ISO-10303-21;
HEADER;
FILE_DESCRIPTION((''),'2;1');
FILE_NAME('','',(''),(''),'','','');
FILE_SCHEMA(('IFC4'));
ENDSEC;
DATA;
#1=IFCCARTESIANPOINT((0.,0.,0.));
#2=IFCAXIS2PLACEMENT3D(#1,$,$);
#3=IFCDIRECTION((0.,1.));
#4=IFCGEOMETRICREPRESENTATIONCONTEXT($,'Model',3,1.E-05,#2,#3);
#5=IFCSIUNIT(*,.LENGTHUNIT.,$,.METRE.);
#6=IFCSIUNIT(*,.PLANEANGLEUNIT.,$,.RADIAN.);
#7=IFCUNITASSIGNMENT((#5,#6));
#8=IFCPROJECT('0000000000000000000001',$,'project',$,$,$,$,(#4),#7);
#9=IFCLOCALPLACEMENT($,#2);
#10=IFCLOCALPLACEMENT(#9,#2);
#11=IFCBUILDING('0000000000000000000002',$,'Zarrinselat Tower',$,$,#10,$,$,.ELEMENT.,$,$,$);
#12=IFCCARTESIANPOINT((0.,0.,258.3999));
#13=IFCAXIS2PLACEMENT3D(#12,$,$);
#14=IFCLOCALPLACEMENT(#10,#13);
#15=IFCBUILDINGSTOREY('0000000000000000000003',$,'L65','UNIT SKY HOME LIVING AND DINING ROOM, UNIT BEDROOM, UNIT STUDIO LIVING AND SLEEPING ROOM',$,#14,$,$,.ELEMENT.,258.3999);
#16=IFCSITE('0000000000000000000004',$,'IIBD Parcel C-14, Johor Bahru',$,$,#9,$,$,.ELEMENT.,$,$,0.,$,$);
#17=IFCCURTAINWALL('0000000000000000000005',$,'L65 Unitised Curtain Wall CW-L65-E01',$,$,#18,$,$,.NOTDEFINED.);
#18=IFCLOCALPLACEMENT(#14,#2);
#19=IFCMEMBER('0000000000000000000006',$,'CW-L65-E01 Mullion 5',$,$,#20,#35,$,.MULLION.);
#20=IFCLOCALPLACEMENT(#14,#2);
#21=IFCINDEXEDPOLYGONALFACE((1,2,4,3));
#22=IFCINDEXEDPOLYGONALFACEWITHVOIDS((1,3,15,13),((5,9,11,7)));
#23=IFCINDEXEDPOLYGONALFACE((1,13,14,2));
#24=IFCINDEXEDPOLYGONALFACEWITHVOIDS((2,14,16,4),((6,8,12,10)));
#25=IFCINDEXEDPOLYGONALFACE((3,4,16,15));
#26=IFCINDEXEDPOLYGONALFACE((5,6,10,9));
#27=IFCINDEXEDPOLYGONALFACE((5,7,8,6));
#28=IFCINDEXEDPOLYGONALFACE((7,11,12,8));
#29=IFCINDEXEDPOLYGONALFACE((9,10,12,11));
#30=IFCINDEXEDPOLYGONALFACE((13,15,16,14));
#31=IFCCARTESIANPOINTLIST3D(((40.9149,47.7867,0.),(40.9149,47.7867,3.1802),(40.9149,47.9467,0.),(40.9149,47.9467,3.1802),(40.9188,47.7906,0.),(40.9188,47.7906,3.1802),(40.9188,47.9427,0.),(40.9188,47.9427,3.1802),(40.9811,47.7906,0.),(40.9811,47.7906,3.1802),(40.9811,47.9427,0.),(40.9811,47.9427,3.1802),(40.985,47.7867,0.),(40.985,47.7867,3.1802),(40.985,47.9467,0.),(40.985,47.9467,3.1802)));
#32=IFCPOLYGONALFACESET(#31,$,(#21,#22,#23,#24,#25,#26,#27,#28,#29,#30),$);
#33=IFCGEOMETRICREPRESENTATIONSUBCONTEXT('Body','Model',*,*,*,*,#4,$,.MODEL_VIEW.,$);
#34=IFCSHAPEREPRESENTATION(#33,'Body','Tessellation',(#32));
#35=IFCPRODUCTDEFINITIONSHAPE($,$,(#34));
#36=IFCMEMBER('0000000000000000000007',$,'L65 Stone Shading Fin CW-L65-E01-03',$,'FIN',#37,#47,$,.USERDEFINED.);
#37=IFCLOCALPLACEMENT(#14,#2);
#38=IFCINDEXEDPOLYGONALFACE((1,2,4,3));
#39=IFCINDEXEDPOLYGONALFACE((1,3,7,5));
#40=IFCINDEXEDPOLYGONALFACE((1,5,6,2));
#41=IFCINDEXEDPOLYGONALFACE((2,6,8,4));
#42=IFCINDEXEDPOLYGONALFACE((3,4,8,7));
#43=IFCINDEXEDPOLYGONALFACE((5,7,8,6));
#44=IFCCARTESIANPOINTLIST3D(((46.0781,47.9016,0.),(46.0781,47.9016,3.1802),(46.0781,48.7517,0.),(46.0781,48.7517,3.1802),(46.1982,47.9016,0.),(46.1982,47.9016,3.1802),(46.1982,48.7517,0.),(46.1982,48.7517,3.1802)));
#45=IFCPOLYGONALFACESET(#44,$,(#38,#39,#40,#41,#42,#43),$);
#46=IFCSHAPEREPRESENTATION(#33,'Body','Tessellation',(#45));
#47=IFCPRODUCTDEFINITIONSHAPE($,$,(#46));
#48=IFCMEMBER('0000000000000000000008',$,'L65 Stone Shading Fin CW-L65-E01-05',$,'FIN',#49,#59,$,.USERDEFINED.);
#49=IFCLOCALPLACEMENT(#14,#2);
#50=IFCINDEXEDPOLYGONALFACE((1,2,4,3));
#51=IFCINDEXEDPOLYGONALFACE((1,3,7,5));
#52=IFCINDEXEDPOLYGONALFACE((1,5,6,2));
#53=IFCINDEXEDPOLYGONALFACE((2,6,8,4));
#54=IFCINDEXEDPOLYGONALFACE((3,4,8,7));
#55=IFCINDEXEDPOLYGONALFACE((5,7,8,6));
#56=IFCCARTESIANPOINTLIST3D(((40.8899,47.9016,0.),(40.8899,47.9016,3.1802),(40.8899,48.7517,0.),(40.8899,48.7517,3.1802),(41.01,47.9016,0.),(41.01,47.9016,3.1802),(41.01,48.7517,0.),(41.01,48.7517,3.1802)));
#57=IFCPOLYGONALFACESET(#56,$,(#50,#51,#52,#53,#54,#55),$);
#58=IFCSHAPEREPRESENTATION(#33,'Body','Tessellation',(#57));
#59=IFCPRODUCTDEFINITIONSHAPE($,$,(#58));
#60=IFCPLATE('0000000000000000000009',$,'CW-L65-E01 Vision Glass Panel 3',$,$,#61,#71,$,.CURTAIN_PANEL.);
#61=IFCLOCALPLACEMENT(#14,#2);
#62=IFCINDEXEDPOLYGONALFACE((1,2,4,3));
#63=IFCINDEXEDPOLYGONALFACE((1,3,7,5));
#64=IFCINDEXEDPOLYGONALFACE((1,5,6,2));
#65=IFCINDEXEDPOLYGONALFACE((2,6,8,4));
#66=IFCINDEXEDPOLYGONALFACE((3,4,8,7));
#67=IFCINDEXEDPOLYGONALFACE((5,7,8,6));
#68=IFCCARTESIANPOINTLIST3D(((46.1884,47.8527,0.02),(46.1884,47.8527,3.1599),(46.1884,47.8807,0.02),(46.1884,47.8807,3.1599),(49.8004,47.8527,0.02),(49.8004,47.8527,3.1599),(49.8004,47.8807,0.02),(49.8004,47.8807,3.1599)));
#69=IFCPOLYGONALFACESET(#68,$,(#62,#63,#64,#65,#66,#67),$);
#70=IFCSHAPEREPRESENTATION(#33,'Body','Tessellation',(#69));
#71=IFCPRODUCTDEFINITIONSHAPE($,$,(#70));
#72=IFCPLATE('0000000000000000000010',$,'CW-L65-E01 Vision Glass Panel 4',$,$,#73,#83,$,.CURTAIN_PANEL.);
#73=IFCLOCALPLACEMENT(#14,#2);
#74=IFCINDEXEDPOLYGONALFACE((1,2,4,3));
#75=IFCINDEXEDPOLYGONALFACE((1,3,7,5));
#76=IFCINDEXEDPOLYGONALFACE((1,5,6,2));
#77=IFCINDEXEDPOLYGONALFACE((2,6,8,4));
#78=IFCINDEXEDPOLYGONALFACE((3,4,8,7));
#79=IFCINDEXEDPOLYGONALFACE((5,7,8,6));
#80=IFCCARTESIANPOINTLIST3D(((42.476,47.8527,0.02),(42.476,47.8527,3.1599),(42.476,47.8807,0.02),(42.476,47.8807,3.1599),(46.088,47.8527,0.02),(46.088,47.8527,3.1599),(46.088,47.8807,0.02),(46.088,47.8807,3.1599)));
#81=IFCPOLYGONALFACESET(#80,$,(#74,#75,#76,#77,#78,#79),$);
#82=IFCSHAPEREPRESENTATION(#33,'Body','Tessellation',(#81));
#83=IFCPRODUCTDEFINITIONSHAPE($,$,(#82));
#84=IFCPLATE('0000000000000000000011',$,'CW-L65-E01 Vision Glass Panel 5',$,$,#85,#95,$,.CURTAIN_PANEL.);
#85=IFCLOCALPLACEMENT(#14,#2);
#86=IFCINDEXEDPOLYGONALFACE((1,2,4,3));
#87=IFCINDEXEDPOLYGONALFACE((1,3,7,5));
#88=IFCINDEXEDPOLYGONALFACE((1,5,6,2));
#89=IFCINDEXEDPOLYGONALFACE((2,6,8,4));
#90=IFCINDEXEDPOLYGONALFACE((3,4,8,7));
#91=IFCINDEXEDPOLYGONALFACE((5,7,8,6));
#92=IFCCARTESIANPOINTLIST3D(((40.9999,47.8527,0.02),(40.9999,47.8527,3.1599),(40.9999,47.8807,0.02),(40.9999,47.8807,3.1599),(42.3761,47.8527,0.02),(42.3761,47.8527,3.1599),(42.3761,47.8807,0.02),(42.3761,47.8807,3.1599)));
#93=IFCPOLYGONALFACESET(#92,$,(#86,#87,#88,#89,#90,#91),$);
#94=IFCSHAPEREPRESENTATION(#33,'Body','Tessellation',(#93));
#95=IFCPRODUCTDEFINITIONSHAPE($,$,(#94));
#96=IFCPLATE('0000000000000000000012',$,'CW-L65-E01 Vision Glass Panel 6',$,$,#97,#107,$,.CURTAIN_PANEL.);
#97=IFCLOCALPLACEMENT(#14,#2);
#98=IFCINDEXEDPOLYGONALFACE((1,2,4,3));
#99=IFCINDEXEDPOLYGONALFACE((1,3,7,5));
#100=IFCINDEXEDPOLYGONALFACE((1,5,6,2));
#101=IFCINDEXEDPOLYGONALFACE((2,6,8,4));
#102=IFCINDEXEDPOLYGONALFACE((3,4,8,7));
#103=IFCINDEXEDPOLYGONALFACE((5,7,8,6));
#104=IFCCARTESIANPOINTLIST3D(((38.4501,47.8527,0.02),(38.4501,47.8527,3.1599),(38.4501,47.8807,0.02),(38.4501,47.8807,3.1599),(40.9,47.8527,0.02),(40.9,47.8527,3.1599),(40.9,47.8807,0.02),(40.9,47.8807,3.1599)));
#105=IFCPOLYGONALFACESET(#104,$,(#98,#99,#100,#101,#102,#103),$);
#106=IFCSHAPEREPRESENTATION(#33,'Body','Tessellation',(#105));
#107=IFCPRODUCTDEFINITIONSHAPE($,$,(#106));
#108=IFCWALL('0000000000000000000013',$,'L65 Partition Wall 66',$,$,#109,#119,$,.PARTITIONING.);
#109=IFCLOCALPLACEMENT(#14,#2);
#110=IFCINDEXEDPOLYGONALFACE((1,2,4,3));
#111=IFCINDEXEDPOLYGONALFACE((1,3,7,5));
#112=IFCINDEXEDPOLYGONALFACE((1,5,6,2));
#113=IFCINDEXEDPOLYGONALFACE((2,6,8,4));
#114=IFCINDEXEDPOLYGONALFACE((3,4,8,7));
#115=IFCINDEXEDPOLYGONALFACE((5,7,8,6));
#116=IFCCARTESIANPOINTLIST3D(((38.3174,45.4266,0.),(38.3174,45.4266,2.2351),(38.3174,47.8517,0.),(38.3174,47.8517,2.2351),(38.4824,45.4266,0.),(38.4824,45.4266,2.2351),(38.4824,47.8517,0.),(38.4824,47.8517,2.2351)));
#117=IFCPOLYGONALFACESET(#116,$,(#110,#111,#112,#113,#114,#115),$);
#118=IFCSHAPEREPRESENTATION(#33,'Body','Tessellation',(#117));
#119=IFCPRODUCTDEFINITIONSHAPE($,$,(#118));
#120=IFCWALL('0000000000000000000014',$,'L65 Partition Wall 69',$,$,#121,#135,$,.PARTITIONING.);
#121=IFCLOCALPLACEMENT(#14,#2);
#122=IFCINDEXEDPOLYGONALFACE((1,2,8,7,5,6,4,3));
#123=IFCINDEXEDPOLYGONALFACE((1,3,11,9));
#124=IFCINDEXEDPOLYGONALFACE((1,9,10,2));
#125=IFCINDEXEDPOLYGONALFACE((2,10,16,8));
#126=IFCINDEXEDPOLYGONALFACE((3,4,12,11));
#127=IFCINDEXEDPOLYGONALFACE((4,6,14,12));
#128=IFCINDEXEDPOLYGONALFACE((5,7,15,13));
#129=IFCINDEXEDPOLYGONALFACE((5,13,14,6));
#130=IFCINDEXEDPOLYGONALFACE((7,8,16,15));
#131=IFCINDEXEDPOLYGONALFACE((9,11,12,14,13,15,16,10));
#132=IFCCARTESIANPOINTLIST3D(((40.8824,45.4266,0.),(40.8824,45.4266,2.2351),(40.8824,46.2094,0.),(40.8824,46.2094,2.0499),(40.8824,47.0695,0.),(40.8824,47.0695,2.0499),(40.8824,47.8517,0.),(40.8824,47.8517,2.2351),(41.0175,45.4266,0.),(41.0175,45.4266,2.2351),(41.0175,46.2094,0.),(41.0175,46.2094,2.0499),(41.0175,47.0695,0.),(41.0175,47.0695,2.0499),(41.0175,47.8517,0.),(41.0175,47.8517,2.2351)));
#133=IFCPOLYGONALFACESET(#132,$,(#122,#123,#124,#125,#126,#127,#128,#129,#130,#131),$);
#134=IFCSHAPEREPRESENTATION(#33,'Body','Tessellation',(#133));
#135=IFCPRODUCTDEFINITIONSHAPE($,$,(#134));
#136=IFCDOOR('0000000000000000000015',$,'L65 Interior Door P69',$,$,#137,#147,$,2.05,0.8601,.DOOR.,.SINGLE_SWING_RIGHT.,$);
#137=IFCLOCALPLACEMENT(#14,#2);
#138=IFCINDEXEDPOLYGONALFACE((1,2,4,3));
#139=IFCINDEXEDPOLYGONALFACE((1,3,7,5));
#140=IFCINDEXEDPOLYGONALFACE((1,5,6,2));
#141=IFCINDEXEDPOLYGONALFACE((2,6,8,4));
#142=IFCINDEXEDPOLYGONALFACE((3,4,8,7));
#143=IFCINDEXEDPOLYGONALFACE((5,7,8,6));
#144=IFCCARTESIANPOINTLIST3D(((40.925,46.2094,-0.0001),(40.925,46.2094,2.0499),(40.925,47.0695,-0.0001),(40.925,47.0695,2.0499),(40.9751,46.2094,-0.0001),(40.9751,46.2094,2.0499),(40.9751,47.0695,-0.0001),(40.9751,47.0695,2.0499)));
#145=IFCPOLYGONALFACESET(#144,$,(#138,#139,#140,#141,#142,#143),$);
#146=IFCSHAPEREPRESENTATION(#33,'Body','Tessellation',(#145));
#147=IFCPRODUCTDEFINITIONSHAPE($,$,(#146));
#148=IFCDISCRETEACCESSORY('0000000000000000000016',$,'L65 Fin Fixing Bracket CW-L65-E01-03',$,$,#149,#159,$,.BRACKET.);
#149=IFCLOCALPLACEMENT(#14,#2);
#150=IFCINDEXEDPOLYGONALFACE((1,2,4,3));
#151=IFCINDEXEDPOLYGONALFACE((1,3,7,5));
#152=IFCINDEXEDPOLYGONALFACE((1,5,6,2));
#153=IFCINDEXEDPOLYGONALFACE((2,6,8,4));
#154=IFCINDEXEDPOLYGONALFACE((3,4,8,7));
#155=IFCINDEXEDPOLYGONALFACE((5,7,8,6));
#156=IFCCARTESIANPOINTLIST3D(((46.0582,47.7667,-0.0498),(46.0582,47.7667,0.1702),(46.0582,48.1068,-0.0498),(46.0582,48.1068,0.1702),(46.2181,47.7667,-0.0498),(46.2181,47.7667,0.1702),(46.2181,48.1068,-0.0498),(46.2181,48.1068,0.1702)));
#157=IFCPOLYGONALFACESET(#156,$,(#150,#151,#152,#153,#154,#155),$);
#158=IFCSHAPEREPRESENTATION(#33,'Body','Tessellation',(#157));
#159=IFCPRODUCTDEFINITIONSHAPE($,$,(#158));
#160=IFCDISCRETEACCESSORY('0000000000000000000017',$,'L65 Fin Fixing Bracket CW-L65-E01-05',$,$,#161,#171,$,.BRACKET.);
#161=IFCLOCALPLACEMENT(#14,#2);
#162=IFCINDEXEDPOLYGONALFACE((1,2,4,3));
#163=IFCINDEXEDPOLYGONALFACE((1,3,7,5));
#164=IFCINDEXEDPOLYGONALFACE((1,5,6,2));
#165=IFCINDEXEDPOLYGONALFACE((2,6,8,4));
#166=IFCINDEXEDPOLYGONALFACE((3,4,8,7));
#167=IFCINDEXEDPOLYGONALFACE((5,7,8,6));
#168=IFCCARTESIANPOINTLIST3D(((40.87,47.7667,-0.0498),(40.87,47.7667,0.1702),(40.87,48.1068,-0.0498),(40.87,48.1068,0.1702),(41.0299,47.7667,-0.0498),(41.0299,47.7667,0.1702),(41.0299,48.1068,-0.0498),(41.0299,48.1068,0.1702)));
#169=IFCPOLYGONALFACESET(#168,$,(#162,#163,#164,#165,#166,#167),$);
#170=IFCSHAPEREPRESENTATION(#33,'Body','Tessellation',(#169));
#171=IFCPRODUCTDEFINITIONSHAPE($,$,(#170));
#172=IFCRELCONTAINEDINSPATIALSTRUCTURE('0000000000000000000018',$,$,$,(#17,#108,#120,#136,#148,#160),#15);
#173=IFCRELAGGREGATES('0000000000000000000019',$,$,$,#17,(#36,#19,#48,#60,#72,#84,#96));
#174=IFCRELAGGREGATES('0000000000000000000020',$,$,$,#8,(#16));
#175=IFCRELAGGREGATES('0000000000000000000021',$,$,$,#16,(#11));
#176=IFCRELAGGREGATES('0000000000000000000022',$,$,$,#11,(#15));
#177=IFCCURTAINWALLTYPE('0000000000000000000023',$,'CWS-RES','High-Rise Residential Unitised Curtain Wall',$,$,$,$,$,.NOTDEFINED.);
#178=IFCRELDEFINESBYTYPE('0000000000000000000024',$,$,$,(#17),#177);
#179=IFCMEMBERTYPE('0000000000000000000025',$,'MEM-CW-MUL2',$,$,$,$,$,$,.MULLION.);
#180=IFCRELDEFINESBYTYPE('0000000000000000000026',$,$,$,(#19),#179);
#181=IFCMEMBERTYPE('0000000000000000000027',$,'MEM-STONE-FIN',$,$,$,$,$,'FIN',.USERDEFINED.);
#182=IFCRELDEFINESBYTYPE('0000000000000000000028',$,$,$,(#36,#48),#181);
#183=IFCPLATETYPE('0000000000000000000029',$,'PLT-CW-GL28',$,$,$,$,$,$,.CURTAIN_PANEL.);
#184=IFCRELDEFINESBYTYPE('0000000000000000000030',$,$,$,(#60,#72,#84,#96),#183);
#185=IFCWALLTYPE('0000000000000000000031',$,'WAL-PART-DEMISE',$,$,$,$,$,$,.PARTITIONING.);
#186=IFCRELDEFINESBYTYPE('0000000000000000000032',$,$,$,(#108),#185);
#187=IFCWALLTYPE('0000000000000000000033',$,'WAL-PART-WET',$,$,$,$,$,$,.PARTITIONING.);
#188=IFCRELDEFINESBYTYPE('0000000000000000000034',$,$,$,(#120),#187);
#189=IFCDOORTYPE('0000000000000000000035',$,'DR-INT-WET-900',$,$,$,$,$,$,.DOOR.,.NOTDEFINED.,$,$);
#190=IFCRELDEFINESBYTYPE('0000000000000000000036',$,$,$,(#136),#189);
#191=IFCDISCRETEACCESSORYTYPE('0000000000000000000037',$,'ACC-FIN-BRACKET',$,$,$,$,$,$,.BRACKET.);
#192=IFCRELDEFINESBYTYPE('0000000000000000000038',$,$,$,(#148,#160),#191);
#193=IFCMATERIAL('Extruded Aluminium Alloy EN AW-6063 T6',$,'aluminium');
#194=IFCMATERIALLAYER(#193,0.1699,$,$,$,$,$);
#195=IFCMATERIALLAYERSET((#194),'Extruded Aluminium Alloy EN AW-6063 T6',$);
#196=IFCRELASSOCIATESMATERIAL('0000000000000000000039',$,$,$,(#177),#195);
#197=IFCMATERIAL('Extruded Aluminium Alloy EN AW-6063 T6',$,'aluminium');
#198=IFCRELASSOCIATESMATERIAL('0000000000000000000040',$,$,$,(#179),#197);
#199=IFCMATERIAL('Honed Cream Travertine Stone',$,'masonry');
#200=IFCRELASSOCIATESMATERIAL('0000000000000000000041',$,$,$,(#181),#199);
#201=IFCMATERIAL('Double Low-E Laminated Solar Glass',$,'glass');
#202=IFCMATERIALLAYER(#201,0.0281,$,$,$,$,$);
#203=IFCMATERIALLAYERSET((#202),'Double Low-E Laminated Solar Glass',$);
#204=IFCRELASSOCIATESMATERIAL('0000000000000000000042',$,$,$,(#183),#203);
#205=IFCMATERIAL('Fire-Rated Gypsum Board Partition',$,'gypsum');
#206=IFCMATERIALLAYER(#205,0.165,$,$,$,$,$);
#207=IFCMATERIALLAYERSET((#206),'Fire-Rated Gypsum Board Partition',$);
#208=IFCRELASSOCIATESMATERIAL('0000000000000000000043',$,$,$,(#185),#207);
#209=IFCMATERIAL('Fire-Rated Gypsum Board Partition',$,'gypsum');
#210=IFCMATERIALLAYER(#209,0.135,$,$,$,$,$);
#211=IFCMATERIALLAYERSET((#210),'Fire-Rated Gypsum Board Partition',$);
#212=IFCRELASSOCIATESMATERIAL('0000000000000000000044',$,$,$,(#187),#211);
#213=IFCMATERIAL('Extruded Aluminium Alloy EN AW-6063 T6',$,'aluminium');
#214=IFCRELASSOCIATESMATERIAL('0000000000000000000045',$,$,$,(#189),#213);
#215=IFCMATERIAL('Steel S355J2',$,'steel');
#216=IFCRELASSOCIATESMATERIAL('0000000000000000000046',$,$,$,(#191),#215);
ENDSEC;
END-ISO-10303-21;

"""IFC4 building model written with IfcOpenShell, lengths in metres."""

from ifc_helpers import new_model, si_unit, direction, frame, frame_2d, origin, origin_2d, place, context, subcontext, project, spatial, rectangle, hollow_rectangle, extrude, material, layer, layer_set, material_profile, profile_set, type_object, element, fill, aggregate, save


model = new_model("IFC4")

# Units and contexts
model_context = context("Model", 3, precision=1e-05, world=origin(), true_north=direction((0.0, 1.0)))
body_context = subcontext(model_context, "Body", "Model", "MODEL_VIEW")
ifc_project = project(units=[si_unit("LENGTHUNIT", "METRE"), si_unit("PLANEANGLEUNIT", "RADIAN")], contexts=[model_context])

# Site, building, storey
site_placement = place(None, origin())
site = spatial("IfcSite", under=ifc_project, at=site_placement, Name="IIBD Parcel C-14, Johor Bahru", CompositionType="ELEMENT", RefElevation=0.0)
building_placement = place(site_placement, origin())
building = spatial("IfcBuilding", under=site, at=building_placement, Name="Zarrinselat Tower", CompositionType="ELEMENT")
storey_placement = place(building_placement, frame((0.0, 0.0, 258.3999)))
storey = spatial("IfcBuildingStorey", under=building, at=storey_placement, Name="L65", Description="UNIT SKY HOME LIVING AND DINING ROOM, UNIT BEDROOM, UNIT STUDIO LIVING AND SLEEPING ROOM", CompositionType="ELEMENT", Elevation=258.3999)

# Curtain wall, members, plates
ifc_material_1 = material(Name="Extruded Aluminium Alloy EN AW-6063 T6", Category="aluminium")
ifc_layer_1 = layer(ifc_material_1, 0.1699)
ifc_layer_set_1 = layer_set([ifc_layer_1], Name="Extruded Aluminium Alloy EN AW-6063 T6")
curtain_wall_type = type_object("IfcCurtainWallType", Name="CWS-RES", Description="High-Rise Residential Unitised Curtain Wall", PredefinedType="NOTDEFINED", material=ifc_layer_set_1)
curtain_wall_placement = place(storey_placement, origin())
curtain_wall = element("IfcCurtainWall", 1, at=curtain_wall_placement, inside=storey, type_object=curtain_wall_type, Name="L65 Unitised Curtain Wall CW-L65-E01", PredefinedType="NOTDEFINED")
ifc_material_2 = material(Name="Extruded Aluminium Alloy EN AW-6063 T6", Category="aluminium")
ifc_material_profile_1 = material_profile(ifc_material_2, hollow_rectangle(XDim=0.0701, YDim=0.1599, WallThickness=0.0039, at=origin_2d()), Name="RHS 160x70x4")
ifc_profile_set_1 = profile_set([ifc_material_profile_1], Name="Extruded Aluminium Alloy EN AW-6063 T6")
member_type_1 = type_object("IfcMemberType", Name="MEM-CW-MUL2", PredefinedType="MULLION", material=ifc_profile_set_1)
member_1_placement = place(storey_placement, frame((40.95, 47.8667, 0.0), z_axis=(0.0, 0.0, 1.0), x_axis=(-1.0, 0.0, 0.0)))
member_1 = element("IfcMember", 2, at=member_1_placement, type_object=member_type_1, Name="CW-L65-E01 Mullion 5", PredefinedType="MULLION", context=body_context, shape_type="SweptSolid", body=[
    extrude(hollow_rectangle(XDim=0.0701, YDim=0.1599, WallThickness=0.0039, at=origin_2d()), origin(), (0.0, 0.0, 1.0), 3.1802),
])
ifc_material_3 = material(Name="Honed Cream Travertine Stone", Category="masonry")
ifc_material_profile_2 = material_profile(ifc_material_3, rectangle(XDim=0.1201, YDim=0.8501, at=origin_2d()), Name="FIN 850x120")
ifc_profile_set_2 = profile_set([ifc_material_profile_2], Name="Honed Cream Travertine Stone")
member_type_2 = type_object("IfcMemberType", Name="MEM-STONE-FIN", ElementType="FIN", PredefinedType="USERDEFINED", material=ifc_profile_set_2)
member_2_placement = place(storey_placement, frame((46.1382, 48.3267, 0.0), z_axis=(0.0, 0.0, 1.0), x_axis=(1.0, 0.0, 0.0)))
member_2 = element("IfcMember", 3, at=member_2_placement, type_object=member_type_2, Name="L65 Stone Shading Fin CW-L65-E01-03", ObjectType="FIN", PredefinedType="USERDEFINED", context=body_context, shape_type="SweptSolid", body=[
    extrude(rectangle(XDim=0.1201, YDim=0.8501, at=origin_2d()), origin(), (0.0, 0.0, 1.0), 3.1802),
])
member_3_placement = place(storey_placement, frame((40.95, 48.3267, 0.0), z_axis=(0.0, 0.0, 1.0), x_axis=(1.0, 0.0, 0.0)))
member_3 = element("IfcMember", 4, at=member_3_placement, type_object=member_type_2, Name="L65 Stone Shading Fin CW-L65-E01-05", ObjectType="FIN", PredefinedType="USERDEFINED", context=body_context, shape_type="SweptSolid", body=[
    extrude(rectangle(XDim=0.1201, YDim=0.8501, at=origin_2d()), origin(), (0.0, 0.0, 1.0), 3.1802),
])
ifc_material_4 = material(Name="Double Low-E Laminated Solar Glass", Category="glass")
ifc_layer_2 = layer(ifc_material_4, 0.0281)
ifc_layer_set_2 = layer_set([ifc_layer_2], Name="Double Low-E Laminated Solar Glass")
plate_type = type_object("IfcPlateType", Name="PLT-CW-GL28", PredefinedType="CURTAIN_PANEL", material=ifc_layer_set_2)
plate_1_placement = place(storey_placement, frame((47.9944, 47.8667, 0.02), z_axis=(0.0, 0.0, 1.0), x_axis=(-1.0, 0.0, 0.0)))
plate_1 = element("IfcPlate", 5, at=plate_1_placement, type_object=plate_type, Name="CW-L65-E01 Vision Glass Panel 3", PredefinedType="CURTAIN_PANEL", context=body_context, shape_type="SweptSolid", body=[
    extrude(rectangle(XDim=3.6121, YDim=0.0281, at=origin_2d()), origin(), (0.0, 0.0, 1.0), 3.1399),
])
plate_2_placement = place(storey_placement, frame((44.282, 47.8667, 0.02), z_axis=(0.0, 0.0, 1.0), x_axis=(-1.0, 0.0, 0.0)))
plate_2 = element("IfcPlate", 6, at=plate_2_placement, type_object=plate_type, Name="CW-L65-E01 Vision Glass Panel 4", PredefinedType="CURTAIN_PANEL", context=body_context, shape_type="SweptSolid", body=[
    extrude(rectangle(XDim=3.6121, YDim=0.0281, at=origin_2d()), origin(), (0.0, 0.0, 1.0), 3.1399),
])
plate_3_placement = place(storey_placement, frame((41.688, 47.8667, 0.02), z_axis=(0.0, 0.0, 1.0), x_axis=(-1.0, 0.0, 0.0)))
plate_3 = element("IfcPlate", 7, at=plate_3_placement, type_object=plate_type, Name="CW-L65-E01 Vision Glass Panel 5", PredefinedType="CURTAIN_PANEL", context=body_context, shape_type="SweptSolid", body=[
    extrude(rectangle(XDim=1.3762, YDim=0.0281, at=origin_2d()), origin(), (0.0, 0.0, 1.0), 3.1399),
])
plate_4_placement = place(storey_placement, frame((39.675, 47.8667, 0.02), z_axis=(0.0, 0.0, 1.0), x_axis=(-1.0, 0.0, 0.0)))
plate_4 = element("IfcPlate", 8, at=plate_4_placement, type_object=plate_type, Name="CW-L65-E01 Vision Glass Panel 6", PredefinedType="CURTAIN_PANEL", context=body_context, shape_type="SweptSolid", body=[
    extrude(rectangle(XDim=2.45, YDim=0.0281, at=origin_2d()), origin(), (0.0, 0.0, 1.0), 3.1399),
])
aggregate(curtain_wall, [member_2, member_1, member_3, plate_1, plate_2, plate_3, plate_4])

# Wall
ifc_material_5 = material(Name="Fire-Rated Gypsum Board Partition", Category="gypsum")
ifc_layer_3 = layer(ifc_material_5, 0.165)
ifc_layer_set_3 = layer_set([ifc_layer_3], Name="Fire-Rated Gypsum Board Partition")
wall_type_1 = type_object("IfcWallType", Name="WAL-PART-DEMISE", PredefinedType="PARTITIONING", material=ifc_layer_set_3)
wall_1_placement = place(storey_placement, frame((38.3999, 45.4268, 0.0), z_axis=(0.0, 0.0, 1.0), x_axis=(0.0, 1.0, 0.0)))
element("IfcWall", 9, at=wall_1_placement, inside=storey, type_object=wall_type_1, Name="L65 Partition Wall 66", PredefinedType="PARTITIONING", context=body_context, shape_type="SweptSolid", body=[
    extrude(rectangle(XDim=2.425, YDim=0.165, at=frame_2d((1.2124, 0.0))), origin(), (0.0, 0.0, 1.0), 2.2351),
])

# Wall, opening, door
ifc_material_6 = material(Name="Fire-Rated Gypsum Board Partition", Category="gypsum")
ifc_layer_4 = layer(ifc_material_6, 0.135)
ifc_layer_set_4 = layer_set([ifc_layer_4], Name="Fire-Rated Gypsum Board Partition")
wall_type_2 = type_object("IfcWallType", Name="WAL-PART-WET", PredefinedType="PARTITIONING", material=ifc_layer_set_4)
wall_2_placement = place(storey_placement, frame((40.95, 45.4268, 0.0), z_axis=(0.0, 0.0, 1.0), x_axis=(0.0, 1.0, 0.0)))
wall_2 = element("IfcWall", 10, at=wall_2_placement, inside=storey, type_object=wall_type_2, Name="L65 Partition Wall 69", PredefinedType="PARTITIONING", context=body_context, shape_type="SweptSolid", body=[
    extrude(rectangle(XDim=2.425, YDim=0.135, at=frame_2d((1.2124, 0.0))), origin(), (0.0, 0.0, 1.0), 2.2351),
])
opening_placement = place(wall_2_placement, frame((0.7825, 0.0, 0.0)))
opening = element("IfcOpeningElement", 11, at=opening_placement, cuts=wall_2, PredefinedType="OPENING", context=body_context, shape_type="SweptSolid", body=[
    extrude(rectangle(XDim=0.8601, YDim=2.05, at=frame_2d((0.4302, 1.0249))), frame((0.0, 0.0774, 0.0), z_axis=(0.0, -1.0, 0.0), x_axis=(1.0, 0.0, 0.0)), (0.0, 0.0, 1.0), 0.155),
])
ifc_material_7 = material(Name="Extruded Aluminium Alloy EN AW-6063 T6", Category="aluminium")
door_type = type_object("IfcDoorType", Name="DR-INT-WET-900", OperationType="NOTDEFINED", PredefinedType="DOOR", material=ifc_material_7)
door_placement = place(opening_placement, origin())
door = element("IfcDoor", 12, at=door_placement, inside=storey, type_object=door_type, Name="L65 Interior Door P69", OperationType="SINGLE_SWING_RIGHT", OverallHeight=2.05, OverallWidth=0.8601, PredefinedType="DOOR", context=body_context, shape_type="SweptSolid", body=[
    extrude(rectangle(XDim=0.8601, YDim=2.05, at=frame_2d((0.4302, 1.0249))), frame((0.0, 0.0249, 0.0), z_axis=(0.0, -1.0, 0.0), x_axis=(1.0, 0.0, 0.0)), (0.0, 0.0, 1.0), 0.05),
])
fill(opening, door)

# Discrete accessories
ifc_material_8 = material(Name="Steel S355J2", Category="steel")
discrete_accessory_type = type_object("IfcDiscreteAccessoryType", Name="ACC-FIN-BRACKET", PredefinedType="BRACKET", material=ifc_material_8)
for number, where, z_axis, x_axis, name in (
    (13, (46.1382, 47.9368, -0.0498), (0.0, 0.0, 1.0), (0.0, 1.0, 0.0), "L65 Fin Fixing Bracket CW-L65-E01-03"),
    (14, (40.95, 47.9368, -0.0498), (0.0, 0.0, 1.0), (0.0, 1.0, 0.0), "L65 Fin Fixing Bracket CW-L65-E01-05"),
):
    element("IfcDiscreteAccessory", number, at=place(storey_placement, frame(where, z_axis=z_axis, x_axis=x_axis)), inside=storey, type_object=discrete_accessory_type, Name=name, PredefinedType="BRACKET", context=body_context, shape_type="SweptSolid", body=[
        extrude(rectangle(XDim=0.3401, YDim=0.1599, at=origin_2d()), origin(), (0.0, 0.0, 1.0), 0.22),
    ])

save(model, "model.ifc")
